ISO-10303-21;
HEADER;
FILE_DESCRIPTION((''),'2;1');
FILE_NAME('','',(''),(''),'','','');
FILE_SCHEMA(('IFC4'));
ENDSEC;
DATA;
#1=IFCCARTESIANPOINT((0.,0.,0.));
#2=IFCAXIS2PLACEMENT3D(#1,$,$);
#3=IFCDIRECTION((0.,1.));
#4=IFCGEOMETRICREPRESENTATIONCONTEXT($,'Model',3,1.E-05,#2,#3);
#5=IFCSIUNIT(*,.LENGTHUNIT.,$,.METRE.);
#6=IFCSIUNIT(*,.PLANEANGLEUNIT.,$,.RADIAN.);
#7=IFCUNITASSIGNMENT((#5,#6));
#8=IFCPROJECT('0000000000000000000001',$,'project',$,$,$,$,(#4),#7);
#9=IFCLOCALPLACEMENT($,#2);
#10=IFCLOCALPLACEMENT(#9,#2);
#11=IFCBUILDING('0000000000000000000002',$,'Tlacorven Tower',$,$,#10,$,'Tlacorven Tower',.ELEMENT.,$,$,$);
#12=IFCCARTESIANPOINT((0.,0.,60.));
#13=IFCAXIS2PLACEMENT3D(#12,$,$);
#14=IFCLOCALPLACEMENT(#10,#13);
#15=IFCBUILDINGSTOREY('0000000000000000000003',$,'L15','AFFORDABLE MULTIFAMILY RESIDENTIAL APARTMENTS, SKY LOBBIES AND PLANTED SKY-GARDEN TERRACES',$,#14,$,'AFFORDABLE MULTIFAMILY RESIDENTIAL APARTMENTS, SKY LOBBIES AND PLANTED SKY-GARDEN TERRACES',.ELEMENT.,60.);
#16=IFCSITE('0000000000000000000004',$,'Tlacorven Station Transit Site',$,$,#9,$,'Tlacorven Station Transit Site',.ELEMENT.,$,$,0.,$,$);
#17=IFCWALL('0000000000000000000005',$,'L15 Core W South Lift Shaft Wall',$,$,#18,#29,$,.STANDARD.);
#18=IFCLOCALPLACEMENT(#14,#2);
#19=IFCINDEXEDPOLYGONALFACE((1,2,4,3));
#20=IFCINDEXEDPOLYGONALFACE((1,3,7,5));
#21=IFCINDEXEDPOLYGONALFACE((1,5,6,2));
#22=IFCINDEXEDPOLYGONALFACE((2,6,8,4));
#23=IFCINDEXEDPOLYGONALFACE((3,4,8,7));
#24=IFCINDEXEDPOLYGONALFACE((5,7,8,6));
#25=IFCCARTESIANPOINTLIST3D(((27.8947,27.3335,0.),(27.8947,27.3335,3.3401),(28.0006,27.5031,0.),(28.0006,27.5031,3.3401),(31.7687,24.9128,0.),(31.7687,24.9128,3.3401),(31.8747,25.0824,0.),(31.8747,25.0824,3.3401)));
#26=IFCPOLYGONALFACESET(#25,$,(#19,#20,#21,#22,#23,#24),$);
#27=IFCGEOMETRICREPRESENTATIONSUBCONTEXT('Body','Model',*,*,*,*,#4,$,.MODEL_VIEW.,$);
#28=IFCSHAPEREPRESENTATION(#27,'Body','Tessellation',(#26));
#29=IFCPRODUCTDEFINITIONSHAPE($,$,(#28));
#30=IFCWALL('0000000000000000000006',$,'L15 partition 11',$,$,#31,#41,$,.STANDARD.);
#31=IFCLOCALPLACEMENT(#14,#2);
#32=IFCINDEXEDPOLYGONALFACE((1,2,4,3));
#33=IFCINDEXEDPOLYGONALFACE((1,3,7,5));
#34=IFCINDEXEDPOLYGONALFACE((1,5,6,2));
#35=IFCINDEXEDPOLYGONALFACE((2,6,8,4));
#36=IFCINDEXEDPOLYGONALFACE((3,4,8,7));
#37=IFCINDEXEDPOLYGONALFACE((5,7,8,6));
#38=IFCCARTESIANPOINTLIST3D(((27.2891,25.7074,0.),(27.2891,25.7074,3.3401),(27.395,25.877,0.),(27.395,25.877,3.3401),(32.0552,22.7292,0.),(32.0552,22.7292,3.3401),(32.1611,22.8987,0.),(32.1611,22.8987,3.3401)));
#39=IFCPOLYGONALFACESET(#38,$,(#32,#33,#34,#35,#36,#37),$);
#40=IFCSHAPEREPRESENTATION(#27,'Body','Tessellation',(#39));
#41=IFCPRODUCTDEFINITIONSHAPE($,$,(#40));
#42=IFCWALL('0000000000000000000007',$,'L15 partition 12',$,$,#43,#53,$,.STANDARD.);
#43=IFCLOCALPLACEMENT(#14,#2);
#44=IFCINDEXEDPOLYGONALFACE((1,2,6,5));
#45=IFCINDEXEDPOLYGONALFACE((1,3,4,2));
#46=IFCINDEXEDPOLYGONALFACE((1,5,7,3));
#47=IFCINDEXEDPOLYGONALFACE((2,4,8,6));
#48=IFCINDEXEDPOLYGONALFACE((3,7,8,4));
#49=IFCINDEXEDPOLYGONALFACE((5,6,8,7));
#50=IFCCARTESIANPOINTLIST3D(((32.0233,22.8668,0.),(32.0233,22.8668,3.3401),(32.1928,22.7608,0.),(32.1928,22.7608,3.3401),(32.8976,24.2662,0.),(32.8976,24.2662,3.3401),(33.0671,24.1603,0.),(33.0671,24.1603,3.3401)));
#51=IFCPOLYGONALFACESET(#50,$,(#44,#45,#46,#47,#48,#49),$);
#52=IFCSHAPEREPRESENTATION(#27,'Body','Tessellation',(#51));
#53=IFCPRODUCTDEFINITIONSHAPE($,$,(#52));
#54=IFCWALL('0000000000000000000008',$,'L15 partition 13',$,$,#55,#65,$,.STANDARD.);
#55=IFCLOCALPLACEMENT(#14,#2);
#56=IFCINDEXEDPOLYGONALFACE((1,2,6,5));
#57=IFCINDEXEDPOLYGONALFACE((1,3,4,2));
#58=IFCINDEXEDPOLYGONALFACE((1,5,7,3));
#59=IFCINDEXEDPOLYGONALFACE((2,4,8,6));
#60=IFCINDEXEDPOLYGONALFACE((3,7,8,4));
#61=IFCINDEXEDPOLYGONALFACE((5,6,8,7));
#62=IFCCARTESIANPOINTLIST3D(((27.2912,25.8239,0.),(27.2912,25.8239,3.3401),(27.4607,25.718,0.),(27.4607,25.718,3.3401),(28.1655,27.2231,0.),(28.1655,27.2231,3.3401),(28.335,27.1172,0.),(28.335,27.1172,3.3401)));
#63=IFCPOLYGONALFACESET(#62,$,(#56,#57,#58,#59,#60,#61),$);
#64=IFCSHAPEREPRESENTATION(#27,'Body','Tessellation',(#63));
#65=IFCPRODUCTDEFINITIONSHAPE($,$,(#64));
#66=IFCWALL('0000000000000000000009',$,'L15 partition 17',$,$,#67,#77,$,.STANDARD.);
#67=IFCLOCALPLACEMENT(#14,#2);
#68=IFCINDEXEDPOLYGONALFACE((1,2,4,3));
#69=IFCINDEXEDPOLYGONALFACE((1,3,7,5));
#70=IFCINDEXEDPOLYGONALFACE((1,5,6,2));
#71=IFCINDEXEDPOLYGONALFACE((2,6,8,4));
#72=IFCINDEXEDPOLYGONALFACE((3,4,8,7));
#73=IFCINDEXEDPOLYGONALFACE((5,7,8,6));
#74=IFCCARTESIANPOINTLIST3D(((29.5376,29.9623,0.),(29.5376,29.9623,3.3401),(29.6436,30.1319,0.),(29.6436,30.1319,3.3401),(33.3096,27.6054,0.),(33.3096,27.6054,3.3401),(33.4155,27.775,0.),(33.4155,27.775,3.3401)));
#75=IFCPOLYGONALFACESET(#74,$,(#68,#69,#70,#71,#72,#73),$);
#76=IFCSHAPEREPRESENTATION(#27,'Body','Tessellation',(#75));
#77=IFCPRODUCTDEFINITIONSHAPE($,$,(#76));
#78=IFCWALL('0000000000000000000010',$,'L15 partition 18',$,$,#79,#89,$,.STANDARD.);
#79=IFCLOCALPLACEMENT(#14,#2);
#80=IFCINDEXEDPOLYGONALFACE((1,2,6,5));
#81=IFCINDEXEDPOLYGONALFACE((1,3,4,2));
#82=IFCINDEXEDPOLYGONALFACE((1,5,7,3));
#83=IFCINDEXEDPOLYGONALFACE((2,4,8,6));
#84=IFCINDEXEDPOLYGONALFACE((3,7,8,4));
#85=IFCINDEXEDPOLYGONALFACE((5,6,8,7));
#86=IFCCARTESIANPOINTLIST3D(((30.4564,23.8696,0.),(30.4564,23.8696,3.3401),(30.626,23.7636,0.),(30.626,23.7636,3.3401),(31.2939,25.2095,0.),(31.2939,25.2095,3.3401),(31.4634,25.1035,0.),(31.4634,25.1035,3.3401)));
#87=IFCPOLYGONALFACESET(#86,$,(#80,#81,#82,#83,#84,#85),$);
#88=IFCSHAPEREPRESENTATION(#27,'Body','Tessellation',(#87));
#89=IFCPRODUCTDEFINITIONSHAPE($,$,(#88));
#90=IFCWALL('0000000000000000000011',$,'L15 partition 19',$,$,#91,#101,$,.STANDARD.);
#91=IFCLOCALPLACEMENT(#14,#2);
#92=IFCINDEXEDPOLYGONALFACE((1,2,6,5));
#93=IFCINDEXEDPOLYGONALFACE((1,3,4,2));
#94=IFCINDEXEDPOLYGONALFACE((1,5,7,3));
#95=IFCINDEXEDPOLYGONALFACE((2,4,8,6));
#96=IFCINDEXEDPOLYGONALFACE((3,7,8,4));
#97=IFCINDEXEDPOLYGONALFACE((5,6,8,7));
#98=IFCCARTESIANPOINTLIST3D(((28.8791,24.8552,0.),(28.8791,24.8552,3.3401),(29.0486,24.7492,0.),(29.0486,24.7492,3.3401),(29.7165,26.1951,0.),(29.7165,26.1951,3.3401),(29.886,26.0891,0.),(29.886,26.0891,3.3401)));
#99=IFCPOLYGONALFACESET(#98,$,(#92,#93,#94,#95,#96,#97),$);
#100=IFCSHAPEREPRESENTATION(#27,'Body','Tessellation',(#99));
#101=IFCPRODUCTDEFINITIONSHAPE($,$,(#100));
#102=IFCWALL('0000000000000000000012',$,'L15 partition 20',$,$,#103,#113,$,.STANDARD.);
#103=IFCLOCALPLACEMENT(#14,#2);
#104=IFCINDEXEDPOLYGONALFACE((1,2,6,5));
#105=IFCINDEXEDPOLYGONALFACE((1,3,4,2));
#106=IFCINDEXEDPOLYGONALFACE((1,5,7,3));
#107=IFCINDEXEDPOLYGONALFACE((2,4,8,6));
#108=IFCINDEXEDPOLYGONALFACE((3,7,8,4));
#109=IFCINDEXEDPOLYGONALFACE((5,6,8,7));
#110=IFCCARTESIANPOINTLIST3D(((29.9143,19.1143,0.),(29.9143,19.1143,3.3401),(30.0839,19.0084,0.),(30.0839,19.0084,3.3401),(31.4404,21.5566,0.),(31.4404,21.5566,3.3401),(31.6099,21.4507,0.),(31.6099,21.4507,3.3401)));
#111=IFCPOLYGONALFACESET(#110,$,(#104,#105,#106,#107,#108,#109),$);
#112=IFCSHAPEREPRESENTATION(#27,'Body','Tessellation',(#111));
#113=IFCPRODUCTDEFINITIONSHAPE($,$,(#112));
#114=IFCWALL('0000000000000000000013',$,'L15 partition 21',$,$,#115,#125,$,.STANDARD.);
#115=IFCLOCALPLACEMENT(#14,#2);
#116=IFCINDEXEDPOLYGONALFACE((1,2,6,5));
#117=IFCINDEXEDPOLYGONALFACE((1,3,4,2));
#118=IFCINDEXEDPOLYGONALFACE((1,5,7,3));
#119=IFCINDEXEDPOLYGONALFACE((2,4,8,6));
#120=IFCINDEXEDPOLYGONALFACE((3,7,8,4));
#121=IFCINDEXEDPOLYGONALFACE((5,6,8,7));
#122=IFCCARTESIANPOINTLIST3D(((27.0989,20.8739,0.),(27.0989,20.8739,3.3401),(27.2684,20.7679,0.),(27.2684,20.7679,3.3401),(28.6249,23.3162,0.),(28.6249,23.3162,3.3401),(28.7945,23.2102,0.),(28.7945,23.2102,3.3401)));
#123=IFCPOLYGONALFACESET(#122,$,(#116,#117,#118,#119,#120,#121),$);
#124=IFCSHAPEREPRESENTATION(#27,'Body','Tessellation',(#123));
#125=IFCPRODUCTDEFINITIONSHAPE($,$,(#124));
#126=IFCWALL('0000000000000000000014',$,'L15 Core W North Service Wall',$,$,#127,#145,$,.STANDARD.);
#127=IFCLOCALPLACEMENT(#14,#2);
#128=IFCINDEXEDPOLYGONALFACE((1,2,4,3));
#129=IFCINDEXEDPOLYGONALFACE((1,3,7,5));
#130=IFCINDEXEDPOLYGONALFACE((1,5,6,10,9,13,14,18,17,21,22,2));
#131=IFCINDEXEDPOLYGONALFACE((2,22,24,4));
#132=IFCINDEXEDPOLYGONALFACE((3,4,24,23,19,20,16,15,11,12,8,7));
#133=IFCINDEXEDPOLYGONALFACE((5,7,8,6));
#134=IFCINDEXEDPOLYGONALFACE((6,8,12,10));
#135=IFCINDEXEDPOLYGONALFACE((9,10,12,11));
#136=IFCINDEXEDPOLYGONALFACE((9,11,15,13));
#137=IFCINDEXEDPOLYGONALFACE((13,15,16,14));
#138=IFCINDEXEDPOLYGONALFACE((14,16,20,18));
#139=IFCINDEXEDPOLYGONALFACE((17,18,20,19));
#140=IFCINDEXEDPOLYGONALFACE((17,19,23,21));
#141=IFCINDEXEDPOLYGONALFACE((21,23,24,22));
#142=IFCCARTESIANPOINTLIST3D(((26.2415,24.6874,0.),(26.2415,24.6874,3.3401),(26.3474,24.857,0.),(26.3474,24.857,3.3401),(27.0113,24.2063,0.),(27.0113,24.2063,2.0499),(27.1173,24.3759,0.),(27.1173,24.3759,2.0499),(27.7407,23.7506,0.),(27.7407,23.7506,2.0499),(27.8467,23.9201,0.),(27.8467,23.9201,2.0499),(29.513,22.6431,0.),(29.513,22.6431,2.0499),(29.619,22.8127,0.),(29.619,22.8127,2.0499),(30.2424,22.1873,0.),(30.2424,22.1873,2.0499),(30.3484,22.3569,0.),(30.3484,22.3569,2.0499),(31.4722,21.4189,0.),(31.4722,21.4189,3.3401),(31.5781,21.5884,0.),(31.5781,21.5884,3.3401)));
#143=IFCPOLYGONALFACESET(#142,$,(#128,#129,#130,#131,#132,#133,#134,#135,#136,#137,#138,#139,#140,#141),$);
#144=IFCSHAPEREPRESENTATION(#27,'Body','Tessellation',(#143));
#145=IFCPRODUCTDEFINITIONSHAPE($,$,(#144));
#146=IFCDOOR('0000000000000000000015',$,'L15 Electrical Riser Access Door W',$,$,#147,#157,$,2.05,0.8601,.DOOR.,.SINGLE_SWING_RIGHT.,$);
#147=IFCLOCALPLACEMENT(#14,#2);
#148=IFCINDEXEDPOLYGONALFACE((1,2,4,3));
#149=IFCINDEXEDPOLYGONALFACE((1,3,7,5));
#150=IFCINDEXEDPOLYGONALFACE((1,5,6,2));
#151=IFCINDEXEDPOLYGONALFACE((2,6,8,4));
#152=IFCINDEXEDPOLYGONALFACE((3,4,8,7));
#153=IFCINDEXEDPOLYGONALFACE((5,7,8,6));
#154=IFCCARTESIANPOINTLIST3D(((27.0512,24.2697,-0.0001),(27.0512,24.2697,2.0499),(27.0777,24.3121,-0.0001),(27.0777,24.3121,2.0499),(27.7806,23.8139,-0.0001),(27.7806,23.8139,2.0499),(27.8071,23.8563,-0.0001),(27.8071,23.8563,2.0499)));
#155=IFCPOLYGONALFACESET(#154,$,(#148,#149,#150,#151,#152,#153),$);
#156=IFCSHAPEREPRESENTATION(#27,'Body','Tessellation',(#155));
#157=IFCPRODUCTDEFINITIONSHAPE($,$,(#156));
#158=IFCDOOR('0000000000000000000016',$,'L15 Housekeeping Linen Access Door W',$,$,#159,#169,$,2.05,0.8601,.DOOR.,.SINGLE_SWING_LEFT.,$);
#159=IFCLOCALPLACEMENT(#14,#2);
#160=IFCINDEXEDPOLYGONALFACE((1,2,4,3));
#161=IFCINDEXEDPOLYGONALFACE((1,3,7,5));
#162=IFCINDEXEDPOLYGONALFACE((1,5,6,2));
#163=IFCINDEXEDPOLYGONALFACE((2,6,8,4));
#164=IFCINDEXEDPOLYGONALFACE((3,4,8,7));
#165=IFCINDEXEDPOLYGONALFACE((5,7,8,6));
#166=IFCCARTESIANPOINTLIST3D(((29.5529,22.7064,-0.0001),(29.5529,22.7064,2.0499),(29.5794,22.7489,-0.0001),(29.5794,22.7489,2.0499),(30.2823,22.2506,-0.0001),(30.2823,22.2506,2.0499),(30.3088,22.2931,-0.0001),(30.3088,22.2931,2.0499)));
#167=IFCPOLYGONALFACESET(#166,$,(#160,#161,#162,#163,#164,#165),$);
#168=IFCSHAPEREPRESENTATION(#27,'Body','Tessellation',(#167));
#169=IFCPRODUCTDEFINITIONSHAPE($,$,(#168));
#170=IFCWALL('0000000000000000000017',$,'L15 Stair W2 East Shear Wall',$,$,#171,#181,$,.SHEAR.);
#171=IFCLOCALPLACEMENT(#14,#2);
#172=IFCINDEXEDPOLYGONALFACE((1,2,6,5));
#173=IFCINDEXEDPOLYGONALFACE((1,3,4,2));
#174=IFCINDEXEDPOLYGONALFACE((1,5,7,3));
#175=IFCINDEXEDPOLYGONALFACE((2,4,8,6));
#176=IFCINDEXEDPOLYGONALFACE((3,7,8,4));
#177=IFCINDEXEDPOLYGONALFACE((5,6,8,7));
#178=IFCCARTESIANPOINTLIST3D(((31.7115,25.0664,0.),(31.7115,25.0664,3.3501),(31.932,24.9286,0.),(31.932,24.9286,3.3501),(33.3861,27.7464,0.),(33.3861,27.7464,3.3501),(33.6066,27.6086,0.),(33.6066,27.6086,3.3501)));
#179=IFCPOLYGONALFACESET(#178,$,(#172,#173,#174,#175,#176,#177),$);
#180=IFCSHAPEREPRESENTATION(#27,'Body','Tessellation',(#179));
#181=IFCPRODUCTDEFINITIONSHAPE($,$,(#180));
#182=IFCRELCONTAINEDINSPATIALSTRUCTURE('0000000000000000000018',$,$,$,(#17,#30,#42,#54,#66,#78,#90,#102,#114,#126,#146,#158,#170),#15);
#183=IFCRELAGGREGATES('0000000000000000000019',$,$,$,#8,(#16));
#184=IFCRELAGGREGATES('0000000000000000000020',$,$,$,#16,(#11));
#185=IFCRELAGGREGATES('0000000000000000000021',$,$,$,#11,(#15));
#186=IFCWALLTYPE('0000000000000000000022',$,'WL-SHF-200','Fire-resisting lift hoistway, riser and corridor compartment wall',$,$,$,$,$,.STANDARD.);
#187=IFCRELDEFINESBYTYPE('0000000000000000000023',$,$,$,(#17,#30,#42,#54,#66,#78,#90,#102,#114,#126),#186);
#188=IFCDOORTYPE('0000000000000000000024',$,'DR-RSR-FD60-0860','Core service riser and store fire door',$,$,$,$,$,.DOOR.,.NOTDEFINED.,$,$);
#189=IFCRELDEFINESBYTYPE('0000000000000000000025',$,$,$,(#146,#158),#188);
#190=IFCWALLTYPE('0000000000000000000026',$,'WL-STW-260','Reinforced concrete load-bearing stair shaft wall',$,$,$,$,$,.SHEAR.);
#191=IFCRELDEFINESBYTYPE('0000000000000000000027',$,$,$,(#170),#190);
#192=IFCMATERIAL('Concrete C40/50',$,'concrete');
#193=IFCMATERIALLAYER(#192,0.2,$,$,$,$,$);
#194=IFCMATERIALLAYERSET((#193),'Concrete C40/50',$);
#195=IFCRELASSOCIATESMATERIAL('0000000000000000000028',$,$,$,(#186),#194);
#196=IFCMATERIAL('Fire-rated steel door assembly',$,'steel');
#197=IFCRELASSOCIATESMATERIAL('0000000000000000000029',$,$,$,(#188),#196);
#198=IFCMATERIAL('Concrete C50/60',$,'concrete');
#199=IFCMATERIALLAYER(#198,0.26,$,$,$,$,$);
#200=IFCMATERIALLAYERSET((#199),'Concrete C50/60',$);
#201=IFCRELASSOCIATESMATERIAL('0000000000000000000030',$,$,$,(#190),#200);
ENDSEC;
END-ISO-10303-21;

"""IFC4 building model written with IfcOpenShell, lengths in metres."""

from ifc_helpers import new_model, si_unit, direction, frame, frame_2d, origin, place, context, subcontext, project, spatial, rectangle, extrude, source, transform, mapped, material, layer, layer_set, type_object, element, fill, save


model = new_model("IFC4")

# Units and contexts
model_context = context("Model", 3, precision=1e-05, world=origin(), true_north=direction((0.0, 1.0)))
body_context = subcontext(model_context, "Body", "Model", "MODEL_VIEW")
ifc_project = project(units=[si_unit("LENGTHUNIT", "METRE"), si_unit("PLANEANGLEUNIT", "RADIAN")], contexts=[model_context])

# Site, building, storey
site_placement = place(None, origin())
site = spatial("IfcSite", under=ifc_project, at=site_placement, Name="Tlacorven Station Transit Site", LongName="Tlacorven Station Transit Site", CompositionType="ELEMENT", RefElevation=0.0)
building_placement = place(site_placement, origin())
building = spatial("IfcBuilding", under=site, at=building_placement, Name="Tlacorven Tower", LongName="Tlacorven Tower", CompositionType="ELEMENT")
storey_placement = place(building_placement, frame((0.0, 0.0, 60.0)))
storey = spatial("IfcBuildingStorey", under=building, at=storey_placement, Name="L15", Description="AFFORDABLE MULTIFAMILY RESIDENTIAL APARTMENTS, SKY LOBBIES AND PLANTED SKY-GARDEN TERRACES", LongName="AFFORDABLE MULTIFAMILY RESIDENTIAL APARTMENTS, SKY LOBBIES AND PLANTED SKY-GARDEN TERRACES", CompositionType="ELEMENT", Elevation=60.0)

# Walls
ifc_material_1 = material(Name="Concrete C40/50", Category="concrete")
ifc_layer_1 = layer(ifc_material_1, 0.2)
ifc_layer_set_1 = layer_set([ifc_layer_1], Name="Concrete C40/50")
wall_type_1 = type_object("IfcWallType", Name="WL-SHF-200", Description="Fire-resisting lift hoistway, riser and corridor compartment wall", PredefinedType="STANDARD", material=ifc_layer_set_1)
wall_1_placement = place(storey_placement, frame((31.8218, 24.9976, 0.0), z_axis=(0.0, 0.0, 1.0), x_axis=(-0.848058, 0.529903, 0.0)))
element("IfcWall", 1, at=wall_1_placement, inside=storey, type_object=wall_type_1, Name="L15 Core W South Lift Shaft Wall", PredefinedType="STANDARD", context=body_context, shape_type="SweptSolid", body=[
    extrude(rectangle(XDim=4.5681, YDim=0.2, at=frame_2d((2.2842, 0.0))), origin(), (0.0, 0.0, 1.0), 3.3401),
])
wall_2_placement = place(storey_placement, frame((32.1082, 22.814, 0.0), z_axis=(0.0, 0.0, 1.0), x_axis=(-0.848042, 0.529929, 0.0)))
element("IfcWall", 2, at=wall_2_placement, inside=storey, type_object=wall_type_1, Name="L15 partition 11", PredefinedType="STANDARD", context=body_context, shape_type="SweptSolid", body=[
    extrude(rectangle(XDim=5.6201, YDim=0.2, at=frame_2d((2.8101, 0.0))), origin(), (0.0, 0.0, 1.0), 3.3401),
])
wall_3_placement = place(storey_placement, frame((32.9824, 24.2134, 0.0), z_axis=(0.0, 0.0, 1.0), x_axis=(-0.529839, -0.848098, 0.0)))
element("IfcWall", 3, at=wall_3_placement, inside=storey, type_object=wall_type_1, Name="L15 partition 12", PredefinedType="STANDARD", context=body_context, shape_type="SweptSolid", body=[
    extrude(rectangle(XDim=1.6501, YDim=0.2, at=frame_2d((0.8252, 0.0))), origin(), (0.0, 0.0, 1.0), 3.3401),
])
wall_4_placement = place(storey_placement, frame((28.2502, 27.1702, 0.0), z_axis=(0.0, 0.0, 1.0), x_axis=(-0.529906, -0.848056, 0.0)))
element("IfcWall", 4, at=wall_4_placement, inside=storey, type_object=wall_type_1, Name="L15 partition 13", PredefinedType="STANDARD", context=body_context, shape_type="SweptSolid", body=[
    extrude(rectangle(XDim=1.6499, YDim=0.2, at=frame_2d((0.825, 0.0))), origin(), (0.0, 0.0, 1.0), 3.3401),
])
wall_5_placement = place(storey_placement, frame((33.3625, 27.6902, 0.0), z_axis=(0.0, 0.0, 1.0), x_axis=(-0.848054, 0.52991, 0.0)))
element("IfcWall", 5, at=wall_5_placement, inside=storey, type_object=wall_type_1, Name="L15 partition 17", PredefinedType="STANDARD", context=body_context, shape_type="SweptSolid", body=[
    extrude(rectangle(XDim=4.4478, YDim=0.2, at=frame_2d((2.2239, 0.0))), origin(), (0.0, 0.0, 1.0), 3.3401),
])
for number, where, z_axis, x_axis, name in (
    (6, (31.3787, 25.1565, 0.0), (0.0, 0.0, 1.0), (-0.529999, -0.847998, 0.0), "L15 partition 18"),
    (7, (29.8013, 26.1421, 0.0), (0.0, 0.0, 1.0), (-0.529999, -0.847998, 0.0), "L15 partition 19"),
):
    element("IfcWall", number, at=place(storey_placement, frame(where, z_axis=z_axis, x_axis=x_axis)), inside=storey, type_object=wall_type_1, Name=name, PredefinedType="STANDARD", context=body_context, shape_type="SweptSolid", body=[
        extrude(rectangle(XDim=1.5801, YDim=0.2, at=frame_2d((0.79, 0.0))), origin(), (0.0, 0.0, 1.0), 3.3401),
    ])
for number, where, z_axis, x_axis, name in (
    (8, (31.5251, 21.5037, 0.0), (0.0, 0.0, 1.0), (-0.529907, -0.848055, 0.0), "L15 partition 20"),
    (9, (28.7097, 23.2632, 0.0), (0.0, 0.0, 1.0), (-0.529907, -0.848055, 0.0), "L15 partition 21"),
):
    element("IfcWall", number, at=place(storey_placement, frame(where, z_axis=z_axis, x_axis=x_axis)), inside=storey, type_object=wall_type_1, Name=name, PredefinedType="STANDARD", context=body_context, shape_type="SweptSolid", body=[
        extrude(rectangle(XDim=2.8799, YDim=0.2, at=frame_2d((1.4399, 0.0))), origin(), (0.0, 0.0, 1.0), 3.3401),
    ])

# Wall, openings, doors
wall_6_placement = place(storey_placement, frame((31.5251, 21.5037, 0.0), z_axis=(0.0, 0.0, 1.0), x_axis=(-0.848045, 0.529924, 0.0)))
wall_6 = element("IfcWall", 10, at=wall_6_placement, inside=storey, type_object=wall_type_1, Name="L15 Core W North Service Wall", PredefinedType="STANDARD", context=body_context, shape_type="SweptSolid", body=[
    extrude(rectangle(XDim=6.168, YDim=0.2, at=frame_2d((3.084, 0.0))), origin(), (0.0, 0.0, 1.0), 3.3401),
])
opening_1_placement = place(wall_6_placement, frame((4.3999, 0.0, 0.0)))
opening_1 = element("IfcOpeningElement", 11, at=opening_1_placement, cuts=wall_6, PredefinedType="OPENING", context=body_context, shape_type="SweptSolid", body=[
    extrude(rectangle(XDim=0.8601, YDim=2.05, at=frame_2d((0.4302, 1.0249))), frame((0.0, 0.1099, 0.0), z_axis=(0.0, -1.0, 0.0), x_axis=(1.0, 0.0, 0.0)), (0.0, 0.0, 1.0), 0.22),
])
opening_2_placement = place(wall_6_placement, frame((1.45, 0.0, 0.0)))
opening_2 = element("IfcOpeningElement", 12, at=opening_2_placement, cuts=wall_6, PredefinedType="OPENING", context=body_context, shape_type="SweptSolid", body=[
    extrude(rectangle(XDim=0.8601, YDim=2.05, at=frame_2d((0.4302, 1.0249))), frame((0.0, 0.1099, 0.0), z_axis=(0.0, -1.0, 0.0), x_axis=(1.0, 0.0, 0.0)), (0.0, 0.0, 1.0), 0.22),
])
ifc_material_2 = material(Name="Fire-rated steel door assembly", Category="steel")
door_type = type_object("IfcDoorType", Name="DR-RSR-FD60-0860", Description="Core service riser and store fire door", OperationType="NOTDEFINED", PredefinedType="DOOR", material=ifc_material_2)
shared_shape_1 = source(origin(), body_context, "Body", "SweptSolid", [
    extrude(rectangle(XDim=0.8601, YDim=2.05, at=frame_2d((0.4302, 1.0249))), frame((0.0, 0.0249, 0.0), z_axis=(0.0, -1.0, 0.0), x_axis=(1.0, 0.0, 0.0)), (0.0, 0.0, 1.0), 0.05),
])
door_1_placement = place(opening_1_placement, frame((0.8601, 0.0, 0.0), z_axis=(0.0, 0.0, 1.0), x_axis=(-1.0, 0.0, 0.0)))
door_1 = element("IfcDoor", 13, at=door_1_placement, inside=storey, type_object=door_type, Name="L15 Electrical Riser Access Door W", OperationType="SINGLE_SWING_RIGHT", OverallHeight=2.05, OverallWidth=0.8601, PredefinedType="DOOR", context=body_context, shape_type="MappedRepresentation", body=[
    mapped(shared_shape_1, transform((0.0, 0.0, 0.0), scale=1.0)),
])
fill(opening_1, door_1)
door_2_placement = place(opening_2_placement, frame((0.8601, 0.0, 0.0), z_axis=(0.0, 0.0, 1.0), x_axis=(-1.0, 0.0, 0.0)))
door_2 = element("IfcDoor", 14, at=door_2_placement, inside=storey, type_object=door_type, Name="L15 Housekeeping Linen Access Door W", OperationType="SINGLE_SWING_LEFT", OverallHeight=2.05, OverallWidth=0.8601, PredefinedType="DOOR", context=body_context, shape_type="MappedRepresentation", body=[
    mapped(shared_shape_1, transform((0.0, 0.0, 0.0), scale=1.0)),
])
fill(opening_2, door_2)

# Wall
ifc_material_3 = material(Name="Concrete C50/60", Category="concrete")
ifc_layer_2 = layer(ifc_material_3, 0.26)
ifc_layer_set_2 = layer_set([ifc_layer_2], Name="Concrete C50/60")
wall_type_2 = type_object("IfcWallType", Name="WL-STW-260", Description="Reinforced concrete load-bearing stair shaft wall", PredefinedType="SHEAR", material=ifc_layer_set_2)
wall_7_placement = place(storey_placement, frame((33.4963, 27.6775, 0.0), z_axis=(0.0, 0.0, 1.0), x_axis=(-0.529909, -0.848055, 0.0)))
element("IfcWall", 15, at=wall_7_placement, inside=storey, type_object=wall_type_2, Name="L15 Stair W2 East Shear Wall", PredefinedType="SHEAR", context=body_context, shape_type="SweptSolid", body=[
    extrude(rectangle(XDim=3.1602, YDim=0.26, at=frame_2d((1.5801, 0.0))), origin(), (0.0, 0.0, 1.0), 3.3501),
])

save(model, "model.ifc")
